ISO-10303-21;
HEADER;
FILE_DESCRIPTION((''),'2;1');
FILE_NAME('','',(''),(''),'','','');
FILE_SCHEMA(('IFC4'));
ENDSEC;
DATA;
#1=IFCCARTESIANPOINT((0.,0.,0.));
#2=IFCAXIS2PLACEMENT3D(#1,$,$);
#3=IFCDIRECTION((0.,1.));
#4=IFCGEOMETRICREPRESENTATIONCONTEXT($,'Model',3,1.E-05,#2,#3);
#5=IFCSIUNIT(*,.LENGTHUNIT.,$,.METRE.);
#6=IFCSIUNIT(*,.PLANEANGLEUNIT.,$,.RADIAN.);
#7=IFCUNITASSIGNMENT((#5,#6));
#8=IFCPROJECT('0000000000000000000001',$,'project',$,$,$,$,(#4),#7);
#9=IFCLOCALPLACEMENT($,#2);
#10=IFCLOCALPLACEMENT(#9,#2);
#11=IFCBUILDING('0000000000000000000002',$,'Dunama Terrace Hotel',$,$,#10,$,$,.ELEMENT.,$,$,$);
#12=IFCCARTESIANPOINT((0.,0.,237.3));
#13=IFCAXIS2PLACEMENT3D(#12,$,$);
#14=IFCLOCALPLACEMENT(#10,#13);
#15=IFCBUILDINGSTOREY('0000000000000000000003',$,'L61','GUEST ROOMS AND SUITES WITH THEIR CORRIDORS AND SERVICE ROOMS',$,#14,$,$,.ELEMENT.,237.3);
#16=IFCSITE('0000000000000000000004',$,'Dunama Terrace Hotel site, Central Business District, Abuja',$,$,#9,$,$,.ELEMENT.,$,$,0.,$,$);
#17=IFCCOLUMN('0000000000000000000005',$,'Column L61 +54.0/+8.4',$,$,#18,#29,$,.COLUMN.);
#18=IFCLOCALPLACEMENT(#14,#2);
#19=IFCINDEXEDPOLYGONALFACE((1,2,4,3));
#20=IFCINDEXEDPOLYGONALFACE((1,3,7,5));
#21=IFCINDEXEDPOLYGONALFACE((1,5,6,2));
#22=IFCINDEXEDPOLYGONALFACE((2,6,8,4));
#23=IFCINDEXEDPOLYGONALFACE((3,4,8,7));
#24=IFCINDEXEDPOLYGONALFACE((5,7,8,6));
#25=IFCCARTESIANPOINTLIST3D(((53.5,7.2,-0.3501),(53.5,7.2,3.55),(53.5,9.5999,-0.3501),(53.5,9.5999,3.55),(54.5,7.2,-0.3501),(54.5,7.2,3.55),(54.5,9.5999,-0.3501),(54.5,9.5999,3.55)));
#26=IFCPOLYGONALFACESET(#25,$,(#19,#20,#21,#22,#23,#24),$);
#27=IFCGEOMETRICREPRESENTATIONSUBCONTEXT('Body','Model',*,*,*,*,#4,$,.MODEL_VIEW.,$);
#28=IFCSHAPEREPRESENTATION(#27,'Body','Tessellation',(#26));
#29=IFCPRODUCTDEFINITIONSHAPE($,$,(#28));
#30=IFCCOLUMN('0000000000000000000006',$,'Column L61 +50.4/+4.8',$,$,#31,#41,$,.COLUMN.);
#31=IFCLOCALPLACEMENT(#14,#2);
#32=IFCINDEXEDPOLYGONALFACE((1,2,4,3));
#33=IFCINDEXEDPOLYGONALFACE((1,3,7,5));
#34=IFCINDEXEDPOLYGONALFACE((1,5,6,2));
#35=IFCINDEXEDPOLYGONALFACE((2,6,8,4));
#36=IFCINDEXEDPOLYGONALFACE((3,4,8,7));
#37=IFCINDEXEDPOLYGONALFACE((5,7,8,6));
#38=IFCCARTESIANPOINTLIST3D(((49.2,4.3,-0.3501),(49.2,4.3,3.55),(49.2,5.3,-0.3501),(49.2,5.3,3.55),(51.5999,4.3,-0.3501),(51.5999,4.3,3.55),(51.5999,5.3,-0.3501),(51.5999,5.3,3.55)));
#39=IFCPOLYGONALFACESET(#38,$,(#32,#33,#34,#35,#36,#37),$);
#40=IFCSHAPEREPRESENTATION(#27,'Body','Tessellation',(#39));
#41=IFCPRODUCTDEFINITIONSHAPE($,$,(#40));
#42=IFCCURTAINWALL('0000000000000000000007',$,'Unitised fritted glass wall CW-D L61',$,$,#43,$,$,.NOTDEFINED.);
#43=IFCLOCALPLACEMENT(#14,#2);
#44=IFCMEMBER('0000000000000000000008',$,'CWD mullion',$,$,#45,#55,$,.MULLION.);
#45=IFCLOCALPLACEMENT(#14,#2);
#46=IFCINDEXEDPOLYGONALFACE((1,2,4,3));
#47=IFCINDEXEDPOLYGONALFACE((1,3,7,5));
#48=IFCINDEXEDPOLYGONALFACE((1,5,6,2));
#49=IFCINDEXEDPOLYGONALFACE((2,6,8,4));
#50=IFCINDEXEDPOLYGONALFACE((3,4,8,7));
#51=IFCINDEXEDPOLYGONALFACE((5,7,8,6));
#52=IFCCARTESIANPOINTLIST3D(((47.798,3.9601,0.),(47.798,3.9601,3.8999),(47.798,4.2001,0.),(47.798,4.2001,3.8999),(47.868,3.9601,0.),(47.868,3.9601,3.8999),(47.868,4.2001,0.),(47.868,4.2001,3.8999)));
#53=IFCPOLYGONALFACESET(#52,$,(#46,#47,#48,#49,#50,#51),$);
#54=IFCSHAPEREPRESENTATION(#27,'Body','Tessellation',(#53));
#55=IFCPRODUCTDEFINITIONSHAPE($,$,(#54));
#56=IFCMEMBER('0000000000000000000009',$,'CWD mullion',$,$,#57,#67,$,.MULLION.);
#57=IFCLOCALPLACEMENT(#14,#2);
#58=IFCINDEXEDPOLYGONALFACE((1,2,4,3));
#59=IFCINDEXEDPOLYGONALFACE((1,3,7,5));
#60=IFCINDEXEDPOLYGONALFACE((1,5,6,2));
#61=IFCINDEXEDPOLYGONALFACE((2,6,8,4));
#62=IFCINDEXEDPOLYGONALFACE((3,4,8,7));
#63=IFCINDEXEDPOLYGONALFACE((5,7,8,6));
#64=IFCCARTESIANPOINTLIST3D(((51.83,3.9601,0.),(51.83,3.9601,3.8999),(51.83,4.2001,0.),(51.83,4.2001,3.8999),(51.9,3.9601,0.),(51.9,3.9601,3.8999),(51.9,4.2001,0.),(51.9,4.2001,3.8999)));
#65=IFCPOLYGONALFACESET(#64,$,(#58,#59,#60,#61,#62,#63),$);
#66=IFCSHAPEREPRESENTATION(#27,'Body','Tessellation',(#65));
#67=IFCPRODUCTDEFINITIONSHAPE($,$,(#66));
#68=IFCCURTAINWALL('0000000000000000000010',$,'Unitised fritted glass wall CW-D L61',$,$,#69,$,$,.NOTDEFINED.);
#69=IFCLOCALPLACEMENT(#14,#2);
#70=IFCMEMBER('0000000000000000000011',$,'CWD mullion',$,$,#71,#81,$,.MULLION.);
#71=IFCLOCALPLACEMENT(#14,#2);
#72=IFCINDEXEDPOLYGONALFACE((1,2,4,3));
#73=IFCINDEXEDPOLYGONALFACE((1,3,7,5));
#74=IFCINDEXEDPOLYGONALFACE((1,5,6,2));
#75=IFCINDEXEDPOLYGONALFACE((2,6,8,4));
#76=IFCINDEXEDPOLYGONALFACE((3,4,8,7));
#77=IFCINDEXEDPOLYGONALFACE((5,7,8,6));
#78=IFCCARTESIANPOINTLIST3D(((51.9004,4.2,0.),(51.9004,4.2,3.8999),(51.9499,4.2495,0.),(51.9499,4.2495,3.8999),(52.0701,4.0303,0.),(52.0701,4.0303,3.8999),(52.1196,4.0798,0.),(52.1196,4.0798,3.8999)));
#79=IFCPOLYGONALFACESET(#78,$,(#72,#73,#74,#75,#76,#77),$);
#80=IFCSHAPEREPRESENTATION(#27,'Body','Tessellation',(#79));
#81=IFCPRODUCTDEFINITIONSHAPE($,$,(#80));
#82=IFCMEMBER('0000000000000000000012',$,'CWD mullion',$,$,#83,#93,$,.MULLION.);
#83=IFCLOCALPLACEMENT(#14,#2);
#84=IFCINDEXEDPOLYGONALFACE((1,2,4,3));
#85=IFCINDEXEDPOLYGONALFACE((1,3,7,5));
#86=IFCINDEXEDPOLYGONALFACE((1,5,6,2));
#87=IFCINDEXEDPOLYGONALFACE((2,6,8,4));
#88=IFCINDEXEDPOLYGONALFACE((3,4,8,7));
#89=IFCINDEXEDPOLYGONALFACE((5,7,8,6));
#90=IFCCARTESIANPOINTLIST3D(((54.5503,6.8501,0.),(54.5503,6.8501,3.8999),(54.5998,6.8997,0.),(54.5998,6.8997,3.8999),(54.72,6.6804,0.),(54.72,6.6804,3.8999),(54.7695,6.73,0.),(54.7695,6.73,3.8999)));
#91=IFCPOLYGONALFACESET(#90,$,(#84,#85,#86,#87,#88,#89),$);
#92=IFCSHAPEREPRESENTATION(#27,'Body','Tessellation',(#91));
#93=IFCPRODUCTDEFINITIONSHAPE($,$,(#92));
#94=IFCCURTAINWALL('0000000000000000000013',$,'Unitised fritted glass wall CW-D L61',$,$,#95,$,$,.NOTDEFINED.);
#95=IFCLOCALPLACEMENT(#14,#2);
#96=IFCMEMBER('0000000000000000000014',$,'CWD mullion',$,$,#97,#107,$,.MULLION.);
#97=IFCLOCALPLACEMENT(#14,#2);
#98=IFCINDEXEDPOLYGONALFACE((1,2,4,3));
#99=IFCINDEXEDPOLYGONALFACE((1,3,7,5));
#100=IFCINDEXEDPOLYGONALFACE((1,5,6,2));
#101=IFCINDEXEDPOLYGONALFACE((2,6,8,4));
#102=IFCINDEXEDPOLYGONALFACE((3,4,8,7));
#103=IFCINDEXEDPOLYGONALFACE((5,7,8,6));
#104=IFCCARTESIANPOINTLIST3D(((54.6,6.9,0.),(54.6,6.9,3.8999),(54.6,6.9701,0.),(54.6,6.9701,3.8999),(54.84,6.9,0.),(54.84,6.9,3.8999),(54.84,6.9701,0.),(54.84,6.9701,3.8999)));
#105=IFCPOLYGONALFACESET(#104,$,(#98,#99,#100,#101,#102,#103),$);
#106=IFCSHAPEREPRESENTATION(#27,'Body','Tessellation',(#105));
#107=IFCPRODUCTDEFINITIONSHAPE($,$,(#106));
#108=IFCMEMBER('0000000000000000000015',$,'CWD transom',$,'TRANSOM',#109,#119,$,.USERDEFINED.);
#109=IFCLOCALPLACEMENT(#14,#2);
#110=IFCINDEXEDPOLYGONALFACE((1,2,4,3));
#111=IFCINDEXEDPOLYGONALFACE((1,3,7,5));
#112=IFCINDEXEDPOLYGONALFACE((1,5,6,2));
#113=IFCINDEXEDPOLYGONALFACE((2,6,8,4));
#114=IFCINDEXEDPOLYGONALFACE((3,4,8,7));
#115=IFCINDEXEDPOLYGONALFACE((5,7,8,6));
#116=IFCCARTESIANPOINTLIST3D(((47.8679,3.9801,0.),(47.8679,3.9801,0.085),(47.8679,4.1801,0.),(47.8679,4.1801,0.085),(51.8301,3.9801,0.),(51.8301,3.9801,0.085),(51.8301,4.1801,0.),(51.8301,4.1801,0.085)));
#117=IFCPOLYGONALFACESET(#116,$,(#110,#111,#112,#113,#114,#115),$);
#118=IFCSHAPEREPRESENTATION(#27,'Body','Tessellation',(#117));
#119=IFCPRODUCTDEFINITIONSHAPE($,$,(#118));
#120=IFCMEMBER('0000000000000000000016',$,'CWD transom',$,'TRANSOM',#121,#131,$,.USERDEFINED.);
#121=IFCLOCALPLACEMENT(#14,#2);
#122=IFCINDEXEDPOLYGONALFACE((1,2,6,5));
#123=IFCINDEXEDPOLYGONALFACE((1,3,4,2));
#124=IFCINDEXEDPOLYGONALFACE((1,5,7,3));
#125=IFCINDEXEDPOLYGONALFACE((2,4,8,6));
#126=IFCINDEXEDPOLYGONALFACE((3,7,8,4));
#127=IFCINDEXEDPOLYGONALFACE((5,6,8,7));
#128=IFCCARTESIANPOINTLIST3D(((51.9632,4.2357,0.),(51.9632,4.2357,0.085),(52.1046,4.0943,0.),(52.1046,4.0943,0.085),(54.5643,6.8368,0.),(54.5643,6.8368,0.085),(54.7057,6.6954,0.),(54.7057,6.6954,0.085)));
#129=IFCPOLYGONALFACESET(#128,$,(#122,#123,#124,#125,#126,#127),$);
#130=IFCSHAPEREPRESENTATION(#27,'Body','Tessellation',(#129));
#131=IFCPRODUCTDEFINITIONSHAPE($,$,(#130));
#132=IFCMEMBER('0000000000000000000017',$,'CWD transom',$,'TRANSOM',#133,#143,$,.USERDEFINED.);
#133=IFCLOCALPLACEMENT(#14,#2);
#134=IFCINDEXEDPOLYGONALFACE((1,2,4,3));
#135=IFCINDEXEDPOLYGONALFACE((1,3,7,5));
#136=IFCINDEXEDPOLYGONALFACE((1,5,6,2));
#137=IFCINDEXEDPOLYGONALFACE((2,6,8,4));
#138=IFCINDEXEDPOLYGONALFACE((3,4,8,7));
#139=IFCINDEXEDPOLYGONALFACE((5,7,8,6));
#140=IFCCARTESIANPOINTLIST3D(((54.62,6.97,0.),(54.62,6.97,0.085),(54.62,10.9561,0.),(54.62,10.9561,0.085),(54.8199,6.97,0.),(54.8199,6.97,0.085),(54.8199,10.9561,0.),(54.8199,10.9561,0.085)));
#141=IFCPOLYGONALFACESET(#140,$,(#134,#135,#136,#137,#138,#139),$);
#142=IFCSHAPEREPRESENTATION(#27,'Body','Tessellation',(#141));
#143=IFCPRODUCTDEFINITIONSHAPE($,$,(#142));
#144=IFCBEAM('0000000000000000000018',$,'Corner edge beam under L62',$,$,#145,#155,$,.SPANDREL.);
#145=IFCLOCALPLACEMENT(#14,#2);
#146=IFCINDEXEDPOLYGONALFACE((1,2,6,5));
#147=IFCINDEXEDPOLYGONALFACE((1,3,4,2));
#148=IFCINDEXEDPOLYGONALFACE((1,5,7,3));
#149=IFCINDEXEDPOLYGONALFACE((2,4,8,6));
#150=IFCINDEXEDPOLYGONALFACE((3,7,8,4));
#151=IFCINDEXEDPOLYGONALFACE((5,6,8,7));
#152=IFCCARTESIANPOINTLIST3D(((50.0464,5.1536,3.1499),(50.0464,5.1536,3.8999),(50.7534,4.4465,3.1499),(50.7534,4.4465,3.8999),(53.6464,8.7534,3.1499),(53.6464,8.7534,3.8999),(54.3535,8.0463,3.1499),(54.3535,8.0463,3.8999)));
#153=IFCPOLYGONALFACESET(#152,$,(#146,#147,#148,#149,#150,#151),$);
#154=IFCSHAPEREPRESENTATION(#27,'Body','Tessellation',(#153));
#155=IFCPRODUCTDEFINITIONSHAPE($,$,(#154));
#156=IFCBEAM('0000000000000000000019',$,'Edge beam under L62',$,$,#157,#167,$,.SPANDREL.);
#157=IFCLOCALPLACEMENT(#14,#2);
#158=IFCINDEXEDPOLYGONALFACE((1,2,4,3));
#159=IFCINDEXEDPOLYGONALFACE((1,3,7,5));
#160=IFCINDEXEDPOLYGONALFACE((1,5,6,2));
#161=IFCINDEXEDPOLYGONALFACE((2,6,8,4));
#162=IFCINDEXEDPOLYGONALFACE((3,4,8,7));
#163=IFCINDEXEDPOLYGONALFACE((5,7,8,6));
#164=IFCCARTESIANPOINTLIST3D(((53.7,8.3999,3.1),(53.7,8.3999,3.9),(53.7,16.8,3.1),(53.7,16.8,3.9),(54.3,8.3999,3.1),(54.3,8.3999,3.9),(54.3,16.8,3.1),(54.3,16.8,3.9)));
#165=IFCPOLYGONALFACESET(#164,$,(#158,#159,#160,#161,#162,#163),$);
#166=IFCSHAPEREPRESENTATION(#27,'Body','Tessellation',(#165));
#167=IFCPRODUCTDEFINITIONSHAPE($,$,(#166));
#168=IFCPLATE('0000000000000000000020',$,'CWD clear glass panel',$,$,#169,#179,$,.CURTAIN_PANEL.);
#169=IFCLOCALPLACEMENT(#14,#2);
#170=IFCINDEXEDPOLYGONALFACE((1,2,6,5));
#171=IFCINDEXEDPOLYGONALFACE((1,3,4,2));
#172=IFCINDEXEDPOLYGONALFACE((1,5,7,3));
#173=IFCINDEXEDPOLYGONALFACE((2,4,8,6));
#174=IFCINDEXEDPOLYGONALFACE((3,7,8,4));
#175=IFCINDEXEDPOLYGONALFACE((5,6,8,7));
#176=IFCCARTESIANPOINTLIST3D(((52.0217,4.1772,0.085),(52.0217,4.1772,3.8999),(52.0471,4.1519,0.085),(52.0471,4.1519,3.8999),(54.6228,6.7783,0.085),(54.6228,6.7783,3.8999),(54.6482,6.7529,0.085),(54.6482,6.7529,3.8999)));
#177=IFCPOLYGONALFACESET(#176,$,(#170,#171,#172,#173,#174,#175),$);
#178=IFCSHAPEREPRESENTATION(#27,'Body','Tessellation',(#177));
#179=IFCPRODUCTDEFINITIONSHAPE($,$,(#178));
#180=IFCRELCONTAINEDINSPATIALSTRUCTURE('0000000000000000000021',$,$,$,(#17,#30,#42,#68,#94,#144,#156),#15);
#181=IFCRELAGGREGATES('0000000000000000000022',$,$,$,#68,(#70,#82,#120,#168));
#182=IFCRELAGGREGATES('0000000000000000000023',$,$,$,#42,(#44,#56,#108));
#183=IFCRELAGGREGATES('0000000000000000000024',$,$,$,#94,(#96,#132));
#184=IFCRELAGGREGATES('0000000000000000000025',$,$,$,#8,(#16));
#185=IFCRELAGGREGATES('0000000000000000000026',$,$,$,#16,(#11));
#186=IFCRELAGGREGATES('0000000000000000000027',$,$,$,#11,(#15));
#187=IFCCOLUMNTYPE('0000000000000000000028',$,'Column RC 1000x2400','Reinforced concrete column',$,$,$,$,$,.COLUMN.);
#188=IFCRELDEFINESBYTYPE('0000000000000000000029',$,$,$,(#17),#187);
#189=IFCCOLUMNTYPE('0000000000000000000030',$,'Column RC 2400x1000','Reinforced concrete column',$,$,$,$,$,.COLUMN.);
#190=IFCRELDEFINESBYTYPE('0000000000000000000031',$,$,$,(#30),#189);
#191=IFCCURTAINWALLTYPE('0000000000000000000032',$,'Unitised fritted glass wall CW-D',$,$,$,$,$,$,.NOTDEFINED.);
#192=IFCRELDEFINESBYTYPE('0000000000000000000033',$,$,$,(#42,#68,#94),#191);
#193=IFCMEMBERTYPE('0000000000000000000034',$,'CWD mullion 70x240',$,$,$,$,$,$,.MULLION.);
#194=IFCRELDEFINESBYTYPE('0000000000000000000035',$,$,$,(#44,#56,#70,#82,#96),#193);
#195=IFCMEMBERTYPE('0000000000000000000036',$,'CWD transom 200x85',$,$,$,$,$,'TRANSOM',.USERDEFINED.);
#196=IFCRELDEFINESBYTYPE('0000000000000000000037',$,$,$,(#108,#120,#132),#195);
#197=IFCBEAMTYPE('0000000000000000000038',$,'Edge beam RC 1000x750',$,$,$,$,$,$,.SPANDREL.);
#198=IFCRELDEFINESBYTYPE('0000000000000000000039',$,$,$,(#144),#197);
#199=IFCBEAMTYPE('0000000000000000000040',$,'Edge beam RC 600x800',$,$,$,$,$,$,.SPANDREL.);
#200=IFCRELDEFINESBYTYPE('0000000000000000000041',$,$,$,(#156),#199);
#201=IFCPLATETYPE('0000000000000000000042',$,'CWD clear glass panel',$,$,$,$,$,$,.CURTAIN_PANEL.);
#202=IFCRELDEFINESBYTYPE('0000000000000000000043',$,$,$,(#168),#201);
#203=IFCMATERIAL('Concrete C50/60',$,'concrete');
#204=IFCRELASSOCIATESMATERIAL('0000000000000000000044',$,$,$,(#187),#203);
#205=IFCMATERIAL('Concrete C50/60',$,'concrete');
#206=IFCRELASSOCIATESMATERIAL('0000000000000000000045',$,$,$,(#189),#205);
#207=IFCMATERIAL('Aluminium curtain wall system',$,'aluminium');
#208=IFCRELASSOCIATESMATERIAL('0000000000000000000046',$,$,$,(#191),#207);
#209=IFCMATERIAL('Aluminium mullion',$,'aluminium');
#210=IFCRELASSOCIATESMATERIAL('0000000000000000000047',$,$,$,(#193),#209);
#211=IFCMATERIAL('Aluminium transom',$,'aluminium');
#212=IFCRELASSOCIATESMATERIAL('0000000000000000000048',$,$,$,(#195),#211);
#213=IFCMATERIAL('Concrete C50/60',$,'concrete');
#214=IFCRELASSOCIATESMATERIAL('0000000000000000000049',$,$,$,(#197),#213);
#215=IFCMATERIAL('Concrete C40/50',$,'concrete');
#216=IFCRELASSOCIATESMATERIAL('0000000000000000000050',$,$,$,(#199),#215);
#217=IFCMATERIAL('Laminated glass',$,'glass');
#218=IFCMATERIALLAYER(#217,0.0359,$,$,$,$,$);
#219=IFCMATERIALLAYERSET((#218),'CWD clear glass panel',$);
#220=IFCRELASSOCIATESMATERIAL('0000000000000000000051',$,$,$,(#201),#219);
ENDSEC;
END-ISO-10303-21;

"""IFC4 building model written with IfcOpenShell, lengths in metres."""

from ifc_helpers import new_model, si_unit, direction, frame, origin, origin_2d, place, context, subcontext, project, spatial, rectangle, extrude, material, layer, layer_set, material_profile, profile_set, type_object, element, aggregate, save


model = new_model("IFC4")

# Units and contexts
model_context = context("Model", 3, precision=1e-05, world=origin(), true_north=direction((0.0, 1.0)))
body_context = subcontext(model_context, "Body", "Model", "MODEL_VIEW")
ifc_project = project(units=[si_unit("LENGTHUNIT", "METRE"), si_unit("PLANEANGLEUNIT", "RADIAN")], contexts=[model_context])

# Site, building, storey
site_placement = place(None, origin())
site = spatial("IfcSite", under=ifc_project, at=site_placement, Name="Dunama Terrace Hotel site, Central Business District, Abuja", CompositionType="ELEMENT", RefElevation=0.0)
building_placement = place(site_placement, origin())
building = spatial("IfcBuilding", under=site, at=building_placement, Name="Dunama Terrace Hotel", CompositionType="ELEMENT")
storey_placement = place(building_placement, frame((0.0, 0.0, 237.3)))
storey = spatial("IfcBuildingStorey", under=building, at=storey_placement, Name="L61", Description="GUEST ROOMS AND SUITES WITH THEIR CORRIDORS AND SERVICE ROOMS", CompositionType="ELEMENT", Elevation=237.3)

# Columns
ifc_material_1 = material(Name="Concrete C50/60", Category="concrete")
ifc_material_profile_1 = material_profile(ifc_material_1, rectangle(XDim=1.0, YDim=2.3999, at=origin_2d()), Name="RC 1000x2400")
ifc_profile_set_1 = profile_set([ifc_material_profile_1], Name="Concrete C50/60")
column_type_1 = type_object("IfcColumnType", Name="Column RC 1000x2400", Description="Reinforced concrete column", PredefinedType="COLUMN", material=ifc_profile_set_1)
column_1_placement = place(storey_placement, frame((54.0, 8.3999, -0.3501), z_axis=(0.0, 0.0, 1.0), x_axis=(1.0, 0.0, 0.0)))
element("IfcColumn", 1, at=column_1_placement, inside=storey, type_object=column_type_1, Name="Column L61 +54.0/+8.4", PredefinedType="COLUMN", context=body_context, shape_type="SweptSolid", body=[
    extrude(rectangle(XDim=1.0, YDim=2.3999, at=origin_2d()), origin(), (0.0, 0.0, 1.0), 3.9001),
])
ifc_material_2 = material(Name="Concrete C50/60", Category="concrete")
ifc_material_profile_2 = material_profile(ifc_material_2, rectangle(XDim=2.3999, YDim=1.0, at=origin_2d()), Name="RC 2400x1000")
ifc_profile_set_2 = profile_set([ifc_material_profile_2], Name="Concrete C50/60")
column_type_2 = type_object("IfcColumnType", Name="Column RC 2400x1000", Description="Reinforced concrete column", PredefinedType="COLUMN", material=ifc_profile_set_2)
column_2_placement = place(storey_placement, frame((50.3999, 4.8, -0.3501), z_axis=(0.0, 0.0, 1.0), x_axis=(1.0, 0.0, 0.0)))
element("IfcColumn", 2, at=column_2_placement, inside=storey, type_object=column_type_2, Name="Column L61 +50.4/+4.8", PredefinedType="COLUMN", context=body_context, shape_type="SweptSolid", body=[
    extrude(rectangle(XDim=2.3999, YDim=1.0, at=origin_2d()), origin(), (0.0, 0.0, 1.0), 3.9001),
])

# Curtain walls, members
ifc_material_3 = material(Name="Aluminium curtain wall system", Category="aluminium")
curtain_wall_type = type_object("IfcCurtainWallType", Name="Unitised fritted glass wall CW-D", PredefinedType="NOTDEFINED", material=ifc_material_3)
curtain_wall_1_placement = place(storey_placement, origin())
curtain_wall_1 = element("IfcCurtainWall", 3, at=curtain_wall_1_placement, inside=storey, type_object=curtain_wall_type, Name="Unitised fritted glass wall CW-D L61", PredefinedType="NOTDEFINED")
ifc_material_4 = material(Name="Aluminium mullion", Category="aluminium")
ifc_material_profile_3 = material_profile(ifc_material_4, rectangle(XDim=0.0701, YDim=0.24, at=origin_2d()), Name="CWD MULLION 70X240")
ifc_profile_set_3 = profile_set([ifc_material_profile_3], Name="Aluminium mullion")
member_type_1 = type_object("IfcMemberType", Name="CWD mullion 70x240", PredefinedType="MULLION", material=ifc_profile_set_3)
member_1_placement = place(storey_placement, frame((47.833, 4.0801, 0.0), z_axis=(0.0, 0.0, 1.0), x_axis=(1.0, 0.0, 0.0)))
member_1 = element("IfcMember", 4, at=member_1_placement, type_object=member_type_1, Name="CWD mullion", PredefinedType="MULLION", context=body_context, shape_type="SweptSolid", body=[
    extrude(rectangle(XDim=0.0701, YDim=0.24, at=origin_2d()), origin(), (0.0, 0.0, 1.0), 3.8999),
])
member_2_placement = place(storey_placement, frame((51.865, 4.0801, 0.0), z_axis=(0.0, 0.0, 1.0), x_axis=(1.0, 0.0, 0.0)))
member_2 = element("IfcMember", 5, at=member_2_placement, type_object=member_type_1, Name="CWD mullion", PredefinedType="MULLION", context=body_context, shape_type="SweptSolid", body=[
    extrude(rectangle(XDim=0.0701, YDim=0.24, at=origin_2d()), origin(), (0.0, 0.0, 1.0), 3.8999),
])
curtain_wall_2_placement = place(storey_placement, origin())
curtain_wall_2 = element("IfcCurtainWall", 6, at=curtain_wall_2_placement, inside=storey, type_object=curtain_wall_type, Name="Unitised fritted glass wall CW-D L61", PredefinedType="NOTDEFINED")
member_3_placement = place(storey_placement, frame((52.01, 4.1399, 0.0), z_axis=(0.0, 0.0, 1.0), x_axis=(0.707107, 0.707107, 0.0)))
member_3 = element("IfcMember", 7, at=member_3_placement, type_object=member_type_1, Name="CWD mullion", PredefinedType="MULLION", context=body_context, shape_type="SweptSolid", body=[
    extrude(rectangle(XDim=0.0701, YDim=0.24, at=origin_2d()), origin(), (0.0, 0.0, 1.0), 3.8999),
])
member_4_placement = place(storey_placement, frame((54.6599, 6.79, 0.0), z_axis=(0.0, 0.0, 1.0), x_axis=(0.707107, 0.707107, 0.0)))
member_4 = element("IfcMember", 8, at=member_4_placement, type_object=member_type_1, Name="CWD mullion", PredefinedType="MULLION", context=body_context, shape_type="SweptSolid", body=[
    extrude(rectangle(XDim=0.0701, YDim=0.24, at=origin_2d()), origin(), (0.0, 0.0, 1.0), 3.8999),
])

# Curtain wall, member
curtain_wall_3_placement = place(storey_placement, origin())
curtain_wall_3 = element("IfcCurtainWall", 9, at=curtain_wall_3_placement, inside=storey, type_object=curtain_wall_type, Name="Unitised fritted glass wall CW-D L61", PredefinedType="NOTDEFINED")
member_5_placement = place(storey_placement, frame((54.72, 6.9351, 0.0), z_axis=(0.0, 0.0, 1.0), x_axis=(0.0, 1.0, 0.0)))
member_5 = element("IfcMember", 10, at=member_5_placement, type_object=member_type_1, Name="CWD mullion", PredefinedType="MULLION", context=body_context, shape_type="SweptSolid", body=[
    extrude(rectangle(XDim=0.0701, YDim=0.24, at=origin_2d()), origin(), (0.0, 0.0, 1.0), 3.8999),
])

# Members
ifc_material_5 = material(Name="Aluminium transom", Category="aluminium")
ifc_material_profile_4 = material_profile(ifc_material_5, rectangle(XDim=0.2, YDim=0.085, at=origin_2d()), Name="CWD TRANSOM 200X85")
ifc_profile_set_4 = profile_set([ifc_material_profile_4], Name="Aluminium transom")
member_type_2 = type_object("IfcMemberType", Name="CWD transom 200x85", ElementType="TRANSOM", PredefinedType="USERDEFINED", material=ifc_profile_set_4)
member_6_placement = place(storey_placement, frame((47.8679, 4.0801, 0.0425), z_axis=(1.0, 0.0, 0.0), x_axis=(0.0, 1.0, 0.0)))
member_6 = element("IfcMember", 11, at=member_6_placement, type_object=member_type_2, Name="CWD transom", ObjectType="TRANSOM", PredefinedType="USERDEFINED", context=body_context, shape_type="SweptSolid", body=[
    extrude(rectangle(XDim=0.2, YDim=0.085, at=origin_2d()), origin(), (0.0, 0.0, 1.0), 3.9622),
])
member_7_placement = place(storey_placement, frame((52.0339, 4.165, 0.0425), z_axis=(0.707107, 0.707107, 0.0), x_axis=(-0.707107, 0.707107, 0.0)))
member_7 = element("IfcMember", 12, at=member_7_placement, type_object=member_type_2, Name="CWD transom", ObjectType="TRANSOM", PredefinedType="USERDEFINED", context=body_context, shape_type="SweptSolid", body=[
    extrude(rectangle(XDim=0.2, YDim=0.085, at=origin_2d()), origin(), (0.0, 0.0, 1.0), 3.6785),
])
member_8_placement = place(storey_placement, frame((54.72, 6.97, 0.0425), z_axis=(0.0, 1.0, 0.0), x_axis=(-1.0, 0.0, 0.0)))
member_8 = element("IfcMember", 13, at=member_8_placement, type_object=member_type_2, Name="CWD transom", ObjectType="TRANSOM", PredefinedType="USERDEFINED", context=body_context, shape_type="SweptSolid", body=[
    extrude(rectangle(XDim=0.2, YDim=0.085, at=origin_2d()), origin(), (0.0, 0.0, 1.0), 3.9861),
])

# Beams
ifc_material_6 = material(Name="Concrete C50/60", Category="concrete")
ifc_material_profile_5 = material_profile(ifc_material_6, rectangle(XDim=1.0, YDim=0.75, at=origin_2d()), Name="RC 1000x750")
ifc_profile_set_5 = profile_set([ifc_material_profile_5], Name="Concrete C50/60")
beam_type_1 = type_object("IfcBeamType", Name="Edge beam RC 1000x750", PredefinedType="SPANDREL", material=ifc_profile_set_5)
beam_1_placement = place(storey_placement, frame((50.3999, 4.8, 3.5249), z_axis=(0.707131, 0.707083, 0.0), x_axis=(-0.707083, 0.707131, 0.0)))
element("IfcBeam", 14, at=beam_1_placement, inside=storey, type_object=beam_type_1, Name="Corner edge beam under L62", PredefinedType="SPANDREL", context=body_context, shape_type="SweptSolid", body=[
    extrude(rectangle(XDim=1.0, YDim=0.75, at=origin_2d()), origin(), (0.0, 0.0, 1.0), 5.0911),
])
ifc_material_7 = material(Name="Concrete C40/50", Category="concrete")
ifc_material_profile_6 = material_profile(ifc_material_7, rectangle(XDim=0.6001, YDim=0.8, at=origin_2d()), Name="RC 600x800")
ifc_profile_set_6 = profile_set([ifc_material_profile_6], Name="Concrete C40/50")
beam_type_2 = type_object("IfcBeamType", Name="Edge beam RC 600x800", PredefinedType="SPANDREL", material=ifc_profile_set_6)
beam_2_placement = place(storey_placement, frame((54.0, 8.3999, 3.5), z_axis=(0.0, 1.0, 0.0), x_axis=(-1.0, 0.0, 0.0)))
element("IfcBeam", 15, at=beam_2_placement, inside=storey, type_object=beam_type_2, Name="Edge beam under L62", PredefinedType="SPANDREL", context=body_context, shape_type="SweptSolid", body=[
    extrude(rectangle(XDim=0.6001, YDim=0.8, at=origin_2d()), origin(), (0.0, 0.0, 1.0), 8.4001),
])

# Plate
ifc_material_8 = material(Name="Laminated glass", Category="glass")
ifc_layer_1 = layer(ifc_material_8, 0.0359)
ifc_layer_set_1 = layer_set([ifc_layer_1], Name="CWD clear glass panel")
plate_type_1 = type_object("IfcPlateType", Name="CWD clear glass panel", PredefinedType="CURTAIN_PANEL", material=ifc_layer_set_1)
plate_1_placement = place(storey_placement, frame((53.335, 5.4651, 0.085), z_axis=(0.0, 0.0, 1.0), x_axis=(0.707107, 0.707107, 0.0)))
plate_1 = element("IfcPlate", 16, at=plate_1_placement, type_object=plate_type_1, Name="CWD clear glass panel", PredefinedType="CURTAIN_PANEL", context=body_context, shape_type="SweptSolid", body=[
    extrude(rectangle(XDim=3.6785, YDim=0.0359, at=origin_2d()), origin(), (0.0, 0.0, 1.0), 3.8149),
])
aggregate(curtain_wall_2, [member_3, member_4, member_7, plate_1])
aggregate(curtain_wall_1, [member_1, member_2, member_6])
aggregate(curtain_wall_3, [member_5, member_8])

save(model, "model.ifc")
